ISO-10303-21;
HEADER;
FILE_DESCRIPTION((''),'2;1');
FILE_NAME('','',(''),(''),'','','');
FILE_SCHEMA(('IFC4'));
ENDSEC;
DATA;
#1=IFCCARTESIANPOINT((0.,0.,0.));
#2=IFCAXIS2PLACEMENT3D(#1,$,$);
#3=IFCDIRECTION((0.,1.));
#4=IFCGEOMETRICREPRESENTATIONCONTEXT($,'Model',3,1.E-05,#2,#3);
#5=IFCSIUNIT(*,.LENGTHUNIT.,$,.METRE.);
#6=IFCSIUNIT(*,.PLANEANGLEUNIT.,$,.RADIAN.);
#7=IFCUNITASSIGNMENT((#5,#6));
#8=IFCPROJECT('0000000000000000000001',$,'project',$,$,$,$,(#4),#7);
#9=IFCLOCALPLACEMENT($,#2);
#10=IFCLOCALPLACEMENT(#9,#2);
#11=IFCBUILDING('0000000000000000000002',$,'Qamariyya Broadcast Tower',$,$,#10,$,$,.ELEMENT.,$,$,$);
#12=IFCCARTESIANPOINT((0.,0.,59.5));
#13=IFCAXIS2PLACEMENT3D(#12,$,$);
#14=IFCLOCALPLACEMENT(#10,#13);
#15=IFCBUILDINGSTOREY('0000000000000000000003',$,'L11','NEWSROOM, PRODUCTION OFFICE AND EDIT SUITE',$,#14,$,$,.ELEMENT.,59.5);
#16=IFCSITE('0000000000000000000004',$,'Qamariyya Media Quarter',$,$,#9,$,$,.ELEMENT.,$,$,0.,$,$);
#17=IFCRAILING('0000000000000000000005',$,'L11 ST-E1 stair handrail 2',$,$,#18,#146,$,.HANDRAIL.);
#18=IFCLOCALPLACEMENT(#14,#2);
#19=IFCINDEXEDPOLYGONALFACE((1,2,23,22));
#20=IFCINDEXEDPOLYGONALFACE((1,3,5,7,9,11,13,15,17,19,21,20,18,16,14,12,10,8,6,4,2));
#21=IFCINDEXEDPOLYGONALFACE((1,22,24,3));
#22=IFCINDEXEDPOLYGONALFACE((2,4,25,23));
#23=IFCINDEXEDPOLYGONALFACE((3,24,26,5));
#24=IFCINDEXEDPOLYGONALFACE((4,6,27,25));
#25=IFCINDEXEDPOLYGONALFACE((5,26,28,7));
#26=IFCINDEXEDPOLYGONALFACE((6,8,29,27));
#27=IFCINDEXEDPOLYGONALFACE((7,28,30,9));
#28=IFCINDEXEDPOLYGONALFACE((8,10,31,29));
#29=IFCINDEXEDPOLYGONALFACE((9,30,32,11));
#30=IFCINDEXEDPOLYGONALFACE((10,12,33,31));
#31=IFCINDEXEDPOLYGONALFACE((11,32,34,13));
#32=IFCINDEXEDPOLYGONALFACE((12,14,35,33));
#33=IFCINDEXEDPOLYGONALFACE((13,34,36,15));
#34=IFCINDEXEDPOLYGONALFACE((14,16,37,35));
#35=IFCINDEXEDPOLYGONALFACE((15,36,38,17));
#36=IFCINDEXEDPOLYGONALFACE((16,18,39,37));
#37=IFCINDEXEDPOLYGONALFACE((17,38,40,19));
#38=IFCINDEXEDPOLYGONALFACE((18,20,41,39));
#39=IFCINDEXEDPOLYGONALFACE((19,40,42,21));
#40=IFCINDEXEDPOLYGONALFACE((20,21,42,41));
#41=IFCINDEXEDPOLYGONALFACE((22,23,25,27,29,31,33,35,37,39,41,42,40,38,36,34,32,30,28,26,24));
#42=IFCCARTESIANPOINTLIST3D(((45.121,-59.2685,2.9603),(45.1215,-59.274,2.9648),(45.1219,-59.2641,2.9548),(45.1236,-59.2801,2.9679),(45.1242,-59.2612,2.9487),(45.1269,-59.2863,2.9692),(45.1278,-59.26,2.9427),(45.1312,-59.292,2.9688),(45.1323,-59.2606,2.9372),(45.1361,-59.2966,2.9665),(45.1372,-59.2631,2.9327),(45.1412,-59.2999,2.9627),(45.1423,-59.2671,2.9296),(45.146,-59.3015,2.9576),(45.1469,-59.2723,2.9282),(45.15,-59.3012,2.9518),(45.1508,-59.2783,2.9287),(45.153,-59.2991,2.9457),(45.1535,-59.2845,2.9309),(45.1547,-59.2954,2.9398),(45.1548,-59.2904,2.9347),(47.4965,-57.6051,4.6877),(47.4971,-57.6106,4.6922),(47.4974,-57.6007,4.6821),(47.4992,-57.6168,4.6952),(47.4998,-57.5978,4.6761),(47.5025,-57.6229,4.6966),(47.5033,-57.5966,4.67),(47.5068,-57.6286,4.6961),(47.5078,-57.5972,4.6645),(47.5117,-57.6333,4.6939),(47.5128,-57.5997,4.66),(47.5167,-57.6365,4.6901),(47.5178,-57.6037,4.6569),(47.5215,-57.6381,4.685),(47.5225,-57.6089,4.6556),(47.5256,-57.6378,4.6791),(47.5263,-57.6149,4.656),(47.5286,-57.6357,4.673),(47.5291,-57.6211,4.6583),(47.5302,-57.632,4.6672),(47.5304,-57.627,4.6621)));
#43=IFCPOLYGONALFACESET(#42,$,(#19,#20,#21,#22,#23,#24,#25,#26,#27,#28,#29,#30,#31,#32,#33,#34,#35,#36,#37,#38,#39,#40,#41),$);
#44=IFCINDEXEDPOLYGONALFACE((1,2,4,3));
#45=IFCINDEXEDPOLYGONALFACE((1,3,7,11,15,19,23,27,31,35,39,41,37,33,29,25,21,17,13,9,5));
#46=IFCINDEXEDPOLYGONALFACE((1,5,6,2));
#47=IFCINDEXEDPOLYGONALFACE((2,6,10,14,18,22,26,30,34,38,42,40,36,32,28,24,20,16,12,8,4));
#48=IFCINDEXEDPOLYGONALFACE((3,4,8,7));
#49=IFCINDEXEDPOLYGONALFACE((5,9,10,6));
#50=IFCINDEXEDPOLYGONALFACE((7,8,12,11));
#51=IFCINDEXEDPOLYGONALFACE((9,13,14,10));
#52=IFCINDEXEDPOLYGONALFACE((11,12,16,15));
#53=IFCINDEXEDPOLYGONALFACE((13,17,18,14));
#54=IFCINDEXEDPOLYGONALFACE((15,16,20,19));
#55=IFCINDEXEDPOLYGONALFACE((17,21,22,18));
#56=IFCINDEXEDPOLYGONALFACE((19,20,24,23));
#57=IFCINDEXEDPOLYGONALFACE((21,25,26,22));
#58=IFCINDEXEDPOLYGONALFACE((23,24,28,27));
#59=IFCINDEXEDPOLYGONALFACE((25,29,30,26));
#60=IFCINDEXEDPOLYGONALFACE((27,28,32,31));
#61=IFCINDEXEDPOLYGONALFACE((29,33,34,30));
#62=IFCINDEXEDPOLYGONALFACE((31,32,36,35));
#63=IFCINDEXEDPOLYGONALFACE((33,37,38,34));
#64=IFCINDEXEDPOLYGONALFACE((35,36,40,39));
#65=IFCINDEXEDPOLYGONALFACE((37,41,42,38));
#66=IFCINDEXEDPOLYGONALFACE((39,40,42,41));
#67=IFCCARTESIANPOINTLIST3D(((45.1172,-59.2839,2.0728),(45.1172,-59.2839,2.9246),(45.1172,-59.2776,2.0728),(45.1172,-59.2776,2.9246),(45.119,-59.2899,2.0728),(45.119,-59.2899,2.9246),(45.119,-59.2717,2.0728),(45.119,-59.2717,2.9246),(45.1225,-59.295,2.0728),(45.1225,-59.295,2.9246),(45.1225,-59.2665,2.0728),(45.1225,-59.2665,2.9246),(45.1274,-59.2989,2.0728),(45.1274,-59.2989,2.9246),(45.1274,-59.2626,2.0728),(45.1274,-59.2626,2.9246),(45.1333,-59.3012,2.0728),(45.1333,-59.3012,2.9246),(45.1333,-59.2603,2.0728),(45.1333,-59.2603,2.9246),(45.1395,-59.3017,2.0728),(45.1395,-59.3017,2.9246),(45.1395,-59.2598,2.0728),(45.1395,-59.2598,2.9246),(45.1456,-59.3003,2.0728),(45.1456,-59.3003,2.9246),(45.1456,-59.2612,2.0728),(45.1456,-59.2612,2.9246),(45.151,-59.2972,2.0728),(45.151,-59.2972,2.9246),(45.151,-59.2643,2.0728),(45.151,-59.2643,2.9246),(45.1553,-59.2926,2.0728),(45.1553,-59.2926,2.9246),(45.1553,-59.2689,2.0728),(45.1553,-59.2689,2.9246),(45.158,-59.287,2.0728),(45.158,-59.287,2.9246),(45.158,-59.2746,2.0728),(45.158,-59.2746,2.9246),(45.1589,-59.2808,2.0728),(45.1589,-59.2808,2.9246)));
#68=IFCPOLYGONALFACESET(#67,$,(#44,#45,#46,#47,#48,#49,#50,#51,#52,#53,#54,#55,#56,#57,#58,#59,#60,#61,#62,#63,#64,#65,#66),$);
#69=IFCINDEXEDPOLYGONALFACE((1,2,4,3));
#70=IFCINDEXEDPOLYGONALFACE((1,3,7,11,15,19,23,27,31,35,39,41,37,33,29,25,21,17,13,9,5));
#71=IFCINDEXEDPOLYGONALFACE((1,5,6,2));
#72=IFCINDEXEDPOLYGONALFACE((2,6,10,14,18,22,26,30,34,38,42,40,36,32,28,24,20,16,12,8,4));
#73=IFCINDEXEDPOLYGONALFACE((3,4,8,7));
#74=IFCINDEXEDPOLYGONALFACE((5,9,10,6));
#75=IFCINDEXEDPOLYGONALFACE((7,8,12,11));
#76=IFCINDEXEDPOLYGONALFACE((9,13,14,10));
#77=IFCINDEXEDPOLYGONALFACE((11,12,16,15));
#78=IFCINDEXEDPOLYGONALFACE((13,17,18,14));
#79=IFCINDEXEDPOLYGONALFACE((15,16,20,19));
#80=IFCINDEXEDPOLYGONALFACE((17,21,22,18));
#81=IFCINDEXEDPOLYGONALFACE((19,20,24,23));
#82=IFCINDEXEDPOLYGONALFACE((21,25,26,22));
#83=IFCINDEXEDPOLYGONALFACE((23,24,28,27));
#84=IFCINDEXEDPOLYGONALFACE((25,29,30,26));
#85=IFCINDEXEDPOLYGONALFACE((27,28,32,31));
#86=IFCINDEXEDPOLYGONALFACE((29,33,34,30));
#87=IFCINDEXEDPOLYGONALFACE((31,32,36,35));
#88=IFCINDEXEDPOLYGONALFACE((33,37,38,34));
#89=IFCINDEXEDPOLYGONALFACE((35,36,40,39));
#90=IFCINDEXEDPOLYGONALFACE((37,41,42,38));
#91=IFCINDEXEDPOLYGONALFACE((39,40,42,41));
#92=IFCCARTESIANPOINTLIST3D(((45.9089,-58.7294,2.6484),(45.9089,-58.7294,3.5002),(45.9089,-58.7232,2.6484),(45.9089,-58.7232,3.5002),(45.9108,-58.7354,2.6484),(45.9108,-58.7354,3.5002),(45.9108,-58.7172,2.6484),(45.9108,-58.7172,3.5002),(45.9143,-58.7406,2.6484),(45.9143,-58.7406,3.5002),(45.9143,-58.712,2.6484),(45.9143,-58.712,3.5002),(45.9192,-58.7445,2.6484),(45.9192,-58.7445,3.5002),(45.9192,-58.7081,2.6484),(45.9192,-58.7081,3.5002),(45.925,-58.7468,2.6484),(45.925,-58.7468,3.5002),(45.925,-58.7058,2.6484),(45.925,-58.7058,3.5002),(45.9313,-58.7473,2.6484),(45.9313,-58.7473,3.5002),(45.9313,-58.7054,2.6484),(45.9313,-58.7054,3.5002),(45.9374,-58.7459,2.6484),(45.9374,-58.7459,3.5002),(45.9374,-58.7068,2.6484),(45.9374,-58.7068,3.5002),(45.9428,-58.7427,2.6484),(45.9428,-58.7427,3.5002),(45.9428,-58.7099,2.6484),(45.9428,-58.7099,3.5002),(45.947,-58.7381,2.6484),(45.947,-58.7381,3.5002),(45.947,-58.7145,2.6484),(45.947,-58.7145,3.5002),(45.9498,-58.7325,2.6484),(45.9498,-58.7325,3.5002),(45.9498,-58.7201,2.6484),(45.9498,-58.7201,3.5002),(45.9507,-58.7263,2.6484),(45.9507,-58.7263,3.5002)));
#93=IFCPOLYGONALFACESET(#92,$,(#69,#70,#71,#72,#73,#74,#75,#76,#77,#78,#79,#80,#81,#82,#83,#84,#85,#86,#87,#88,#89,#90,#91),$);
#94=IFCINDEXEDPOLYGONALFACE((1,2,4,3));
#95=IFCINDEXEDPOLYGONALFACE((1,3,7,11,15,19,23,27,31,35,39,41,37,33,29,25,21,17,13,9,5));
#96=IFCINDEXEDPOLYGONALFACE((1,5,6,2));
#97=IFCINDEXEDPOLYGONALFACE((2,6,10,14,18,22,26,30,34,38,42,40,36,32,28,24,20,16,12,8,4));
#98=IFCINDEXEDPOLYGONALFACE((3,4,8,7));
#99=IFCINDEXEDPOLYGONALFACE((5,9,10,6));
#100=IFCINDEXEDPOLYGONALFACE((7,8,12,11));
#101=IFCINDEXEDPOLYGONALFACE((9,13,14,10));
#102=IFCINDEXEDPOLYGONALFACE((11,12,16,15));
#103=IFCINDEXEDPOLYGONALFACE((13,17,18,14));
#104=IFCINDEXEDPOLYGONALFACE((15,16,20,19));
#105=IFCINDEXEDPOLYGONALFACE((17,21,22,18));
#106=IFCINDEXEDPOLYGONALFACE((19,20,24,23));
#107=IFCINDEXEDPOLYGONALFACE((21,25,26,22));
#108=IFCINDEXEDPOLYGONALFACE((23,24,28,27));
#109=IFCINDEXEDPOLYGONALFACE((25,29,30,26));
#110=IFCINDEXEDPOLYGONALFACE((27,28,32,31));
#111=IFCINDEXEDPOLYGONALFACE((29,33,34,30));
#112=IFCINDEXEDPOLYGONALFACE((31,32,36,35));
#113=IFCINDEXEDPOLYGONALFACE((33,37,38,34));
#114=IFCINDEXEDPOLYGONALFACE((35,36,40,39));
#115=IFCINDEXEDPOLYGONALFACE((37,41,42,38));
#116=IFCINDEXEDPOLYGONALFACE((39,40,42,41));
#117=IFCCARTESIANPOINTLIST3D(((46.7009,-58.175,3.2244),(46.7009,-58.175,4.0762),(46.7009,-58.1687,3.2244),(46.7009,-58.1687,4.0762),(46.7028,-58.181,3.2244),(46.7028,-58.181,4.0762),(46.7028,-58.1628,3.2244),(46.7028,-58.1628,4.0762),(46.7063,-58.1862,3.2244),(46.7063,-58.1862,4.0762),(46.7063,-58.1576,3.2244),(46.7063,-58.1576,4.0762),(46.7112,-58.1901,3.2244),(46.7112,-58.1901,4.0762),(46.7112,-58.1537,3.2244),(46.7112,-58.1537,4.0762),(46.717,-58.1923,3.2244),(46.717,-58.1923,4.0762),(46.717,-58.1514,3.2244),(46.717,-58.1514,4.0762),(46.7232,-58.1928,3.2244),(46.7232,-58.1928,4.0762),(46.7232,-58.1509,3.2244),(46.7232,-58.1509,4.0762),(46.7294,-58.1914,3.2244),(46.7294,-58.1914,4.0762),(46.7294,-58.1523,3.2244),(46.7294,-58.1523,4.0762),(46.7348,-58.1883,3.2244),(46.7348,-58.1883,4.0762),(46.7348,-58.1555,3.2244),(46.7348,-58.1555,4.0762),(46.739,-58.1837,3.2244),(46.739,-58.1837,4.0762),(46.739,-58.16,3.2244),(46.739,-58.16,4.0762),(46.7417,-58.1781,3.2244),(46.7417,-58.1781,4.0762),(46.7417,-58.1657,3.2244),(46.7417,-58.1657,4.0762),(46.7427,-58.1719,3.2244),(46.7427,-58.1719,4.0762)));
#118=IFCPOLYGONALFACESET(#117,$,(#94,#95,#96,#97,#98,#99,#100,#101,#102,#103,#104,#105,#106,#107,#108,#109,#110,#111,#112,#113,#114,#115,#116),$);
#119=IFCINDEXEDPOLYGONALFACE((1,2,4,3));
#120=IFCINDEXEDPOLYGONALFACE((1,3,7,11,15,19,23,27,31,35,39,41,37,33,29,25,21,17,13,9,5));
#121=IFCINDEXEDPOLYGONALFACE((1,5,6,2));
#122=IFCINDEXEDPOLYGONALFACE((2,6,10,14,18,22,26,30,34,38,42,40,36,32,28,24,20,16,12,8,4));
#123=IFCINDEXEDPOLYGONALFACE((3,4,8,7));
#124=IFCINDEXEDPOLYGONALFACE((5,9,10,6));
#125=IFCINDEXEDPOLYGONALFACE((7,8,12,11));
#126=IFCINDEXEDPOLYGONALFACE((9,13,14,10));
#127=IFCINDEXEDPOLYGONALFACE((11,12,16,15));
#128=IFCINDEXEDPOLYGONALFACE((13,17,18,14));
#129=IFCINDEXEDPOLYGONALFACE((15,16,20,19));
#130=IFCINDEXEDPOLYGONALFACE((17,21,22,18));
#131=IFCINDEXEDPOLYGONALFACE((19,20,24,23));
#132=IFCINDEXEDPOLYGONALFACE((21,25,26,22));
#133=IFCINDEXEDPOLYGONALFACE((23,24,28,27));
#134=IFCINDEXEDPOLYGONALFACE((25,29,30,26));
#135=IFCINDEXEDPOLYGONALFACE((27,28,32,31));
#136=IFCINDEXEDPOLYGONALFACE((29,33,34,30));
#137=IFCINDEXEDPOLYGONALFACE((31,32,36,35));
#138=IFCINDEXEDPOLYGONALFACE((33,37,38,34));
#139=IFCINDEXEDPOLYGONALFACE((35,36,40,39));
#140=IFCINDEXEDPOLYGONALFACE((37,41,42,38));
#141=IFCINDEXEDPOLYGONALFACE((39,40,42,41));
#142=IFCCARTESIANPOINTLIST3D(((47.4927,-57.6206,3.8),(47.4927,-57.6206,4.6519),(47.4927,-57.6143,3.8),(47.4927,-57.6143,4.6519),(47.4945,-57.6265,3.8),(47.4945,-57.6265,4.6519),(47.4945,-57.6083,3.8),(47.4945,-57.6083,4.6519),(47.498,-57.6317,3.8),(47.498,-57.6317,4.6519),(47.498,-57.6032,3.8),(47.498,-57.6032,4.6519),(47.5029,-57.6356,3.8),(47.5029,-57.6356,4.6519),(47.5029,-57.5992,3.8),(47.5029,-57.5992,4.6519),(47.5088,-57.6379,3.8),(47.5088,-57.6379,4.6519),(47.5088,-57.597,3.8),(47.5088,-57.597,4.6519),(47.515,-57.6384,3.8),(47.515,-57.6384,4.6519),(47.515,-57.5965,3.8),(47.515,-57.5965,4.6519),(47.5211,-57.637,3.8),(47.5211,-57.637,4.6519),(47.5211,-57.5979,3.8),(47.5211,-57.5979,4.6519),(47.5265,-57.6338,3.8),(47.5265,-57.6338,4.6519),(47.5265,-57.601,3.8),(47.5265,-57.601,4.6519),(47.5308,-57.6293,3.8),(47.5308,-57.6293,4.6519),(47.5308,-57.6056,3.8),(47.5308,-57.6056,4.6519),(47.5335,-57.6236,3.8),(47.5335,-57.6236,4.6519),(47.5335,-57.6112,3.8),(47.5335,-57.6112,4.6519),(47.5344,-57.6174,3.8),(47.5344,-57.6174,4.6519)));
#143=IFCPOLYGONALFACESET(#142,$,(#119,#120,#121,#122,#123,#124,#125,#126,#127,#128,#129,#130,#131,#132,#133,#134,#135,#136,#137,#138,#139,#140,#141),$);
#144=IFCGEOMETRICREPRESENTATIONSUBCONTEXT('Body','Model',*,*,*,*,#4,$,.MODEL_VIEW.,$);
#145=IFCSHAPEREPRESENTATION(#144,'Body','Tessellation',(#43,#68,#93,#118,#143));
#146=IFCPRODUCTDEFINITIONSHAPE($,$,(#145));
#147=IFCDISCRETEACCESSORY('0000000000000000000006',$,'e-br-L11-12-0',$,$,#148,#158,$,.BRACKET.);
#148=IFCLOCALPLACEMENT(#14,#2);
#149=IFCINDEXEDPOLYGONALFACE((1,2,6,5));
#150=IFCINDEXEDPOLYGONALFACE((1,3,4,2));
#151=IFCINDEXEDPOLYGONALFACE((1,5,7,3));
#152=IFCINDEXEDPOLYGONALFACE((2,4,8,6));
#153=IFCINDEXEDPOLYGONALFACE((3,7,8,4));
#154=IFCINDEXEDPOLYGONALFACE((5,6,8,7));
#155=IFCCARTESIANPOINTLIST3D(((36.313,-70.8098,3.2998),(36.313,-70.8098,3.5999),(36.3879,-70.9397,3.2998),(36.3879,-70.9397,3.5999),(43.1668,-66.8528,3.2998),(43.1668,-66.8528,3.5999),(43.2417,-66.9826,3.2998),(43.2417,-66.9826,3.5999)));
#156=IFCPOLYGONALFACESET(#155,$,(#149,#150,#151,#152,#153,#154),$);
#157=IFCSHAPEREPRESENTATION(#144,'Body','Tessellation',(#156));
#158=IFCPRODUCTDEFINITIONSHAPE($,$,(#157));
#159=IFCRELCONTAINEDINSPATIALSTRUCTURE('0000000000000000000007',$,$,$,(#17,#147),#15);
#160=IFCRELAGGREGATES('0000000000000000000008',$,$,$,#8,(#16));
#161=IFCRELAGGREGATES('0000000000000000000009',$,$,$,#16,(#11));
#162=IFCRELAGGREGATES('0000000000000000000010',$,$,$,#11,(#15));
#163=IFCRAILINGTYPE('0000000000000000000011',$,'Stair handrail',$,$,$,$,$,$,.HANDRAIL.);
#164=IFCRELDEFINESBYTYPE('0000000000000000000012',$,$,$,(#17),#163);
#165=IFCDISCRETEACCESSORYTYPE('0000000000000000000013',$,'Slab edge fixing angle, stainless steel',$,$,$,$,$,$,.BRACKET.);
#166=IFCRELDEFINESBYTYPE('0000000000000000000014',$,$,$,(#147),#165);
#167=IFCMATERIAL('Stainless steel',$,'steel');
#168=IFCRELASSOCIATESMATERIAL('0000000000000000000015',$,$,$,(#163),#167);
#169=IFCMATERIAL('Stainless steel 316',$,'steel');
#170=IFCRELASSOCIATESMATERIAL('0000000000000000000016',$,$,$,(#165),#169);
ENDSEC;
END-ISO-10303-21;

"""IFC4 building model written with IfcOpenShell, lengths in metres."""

from ifc_helpers import new_model, si_unit, direction, frame, origin, origin_2d, place, context, subcontext, project, spatial, rectangle, circle, extrude, material, type_object, element, save


model = new_model("IFC4")

# Units and contexts
model_context = context("Model", 3, precision=1e-05, world=origin(), true_north=direction((0.0, 1.0)))
body_context = subcontext(model_context, "Body", "Model", "MODEL_VIEW")
ifc_project = project(units=[si_unit("LENGTHUNIT", "METRE"), si_unit("PLANEANGLEUNIT", "RADIAN")], contexts=[model_context])

# Site, building, storey
site_placement = place(None, origin())
site = spatial("IfcSite", under=ifc_project, at=site_placement, Name="Qamariyya Media Quarter", CompositionType="ELEMENT", RefElevation=0.0)
building_placement = place(site_placement, origin())
building = spatial("IfcBuilding", under=site, at=building_placement, Name="Qamariyya Broadcast Tower", CompositionType="ELEMENT")
storey_placement = place(building_placement, frame((0.0, 0.0, 59.5)))
storey = spatial("IfcBuildingStorey", under=building, at=storey_placement, Name="L11", Description="NEWSROOM, PRODUCTION OFFICE AND EDIT SUITE", CompositionType="ELEMENT", Elevation=59.5)

# Railing
ifc_material_1 = material(Name="Stainless steel", Category="steel")
railing_type_1 = type_object("IfcRailingType", Name="Stair handrail", PredefinedType="HANDRAIL", material=ifc_material_1)
railing_1_placement = place(storey_placement, frame((45.1379, -59.2808, 2.0728)))
element("IfcRailing", 1, at=railing_1_placement, inside=storey, type_object=railing_type_1, Name="L11 ST-E1 stair handrail 2", PredefinedType="HANDRAIL", context=body_context, shape_type="SweptSolid", body=[
    extrude(circle(Radius=0.0239, at=origin_2d()), frame((0.0, 0.0, 0.876), z_axis=(0.70377, 0.492784, 0.511734), x_axis=(-0.573575, 0.819153, 0.0)), (0.0, 0.0, 1.0), 3.3755),
    extrude(circle(Radius=0.021, at=origin_2d()), origin(), (0.0, 0.0, 1.0), 0.8518),
    extrude(circle(Radius=0.021, at=origin_2d()), frame((0.7917, 0.5544, 0.5757)), (0.0, 0.0, 1.0), 0.8518),
    extrude(circle(Radius=0.021, at=origin_2d()), frame((1.5837, 1.1089, 1.1516)), (0.0, 0.0, 1.0), 0.8518),
    extrude(circle(Radius=0.021, at=origin_2d()), frame((2.3755, 1.6633, 1.7273)), (0.0, 0.0, 1.0), 0.8518),
])

# Discrete accessory
ifc_material_2 = material(Name="Stainless steel 316", Category="steel")
discrete_accessory_type = type_object("IfcDiscreteAccessoryType", Name="Slab edge fixing angle, stainless steel", PredefinedType="BRACKET", material=ifc_material_2)
discrete_accessory_placement = place(storey_placement, frame((39.7773, -68.8962, 3.2998), z_axis=(0.0, 0.0, 1.0), x_axis=(0.866025, 0.5, 0.0)))
element("IfcDiscreteAccessory", 2, at=discrete_accessory_placement, inside=storey, type_object=discrete_accessory_type, Name="e-br-L11-12-0", PredefinedType="BRACKET", context=body_context, shape_type="SweptSolid", body=[
    extrude(rectangle(XDim=7.9141, YDim=0.1499, at=origin_2d()), origin(), (0.0, 0.0, 1.0), 0.3),
])

save(model, "model.ifc")
